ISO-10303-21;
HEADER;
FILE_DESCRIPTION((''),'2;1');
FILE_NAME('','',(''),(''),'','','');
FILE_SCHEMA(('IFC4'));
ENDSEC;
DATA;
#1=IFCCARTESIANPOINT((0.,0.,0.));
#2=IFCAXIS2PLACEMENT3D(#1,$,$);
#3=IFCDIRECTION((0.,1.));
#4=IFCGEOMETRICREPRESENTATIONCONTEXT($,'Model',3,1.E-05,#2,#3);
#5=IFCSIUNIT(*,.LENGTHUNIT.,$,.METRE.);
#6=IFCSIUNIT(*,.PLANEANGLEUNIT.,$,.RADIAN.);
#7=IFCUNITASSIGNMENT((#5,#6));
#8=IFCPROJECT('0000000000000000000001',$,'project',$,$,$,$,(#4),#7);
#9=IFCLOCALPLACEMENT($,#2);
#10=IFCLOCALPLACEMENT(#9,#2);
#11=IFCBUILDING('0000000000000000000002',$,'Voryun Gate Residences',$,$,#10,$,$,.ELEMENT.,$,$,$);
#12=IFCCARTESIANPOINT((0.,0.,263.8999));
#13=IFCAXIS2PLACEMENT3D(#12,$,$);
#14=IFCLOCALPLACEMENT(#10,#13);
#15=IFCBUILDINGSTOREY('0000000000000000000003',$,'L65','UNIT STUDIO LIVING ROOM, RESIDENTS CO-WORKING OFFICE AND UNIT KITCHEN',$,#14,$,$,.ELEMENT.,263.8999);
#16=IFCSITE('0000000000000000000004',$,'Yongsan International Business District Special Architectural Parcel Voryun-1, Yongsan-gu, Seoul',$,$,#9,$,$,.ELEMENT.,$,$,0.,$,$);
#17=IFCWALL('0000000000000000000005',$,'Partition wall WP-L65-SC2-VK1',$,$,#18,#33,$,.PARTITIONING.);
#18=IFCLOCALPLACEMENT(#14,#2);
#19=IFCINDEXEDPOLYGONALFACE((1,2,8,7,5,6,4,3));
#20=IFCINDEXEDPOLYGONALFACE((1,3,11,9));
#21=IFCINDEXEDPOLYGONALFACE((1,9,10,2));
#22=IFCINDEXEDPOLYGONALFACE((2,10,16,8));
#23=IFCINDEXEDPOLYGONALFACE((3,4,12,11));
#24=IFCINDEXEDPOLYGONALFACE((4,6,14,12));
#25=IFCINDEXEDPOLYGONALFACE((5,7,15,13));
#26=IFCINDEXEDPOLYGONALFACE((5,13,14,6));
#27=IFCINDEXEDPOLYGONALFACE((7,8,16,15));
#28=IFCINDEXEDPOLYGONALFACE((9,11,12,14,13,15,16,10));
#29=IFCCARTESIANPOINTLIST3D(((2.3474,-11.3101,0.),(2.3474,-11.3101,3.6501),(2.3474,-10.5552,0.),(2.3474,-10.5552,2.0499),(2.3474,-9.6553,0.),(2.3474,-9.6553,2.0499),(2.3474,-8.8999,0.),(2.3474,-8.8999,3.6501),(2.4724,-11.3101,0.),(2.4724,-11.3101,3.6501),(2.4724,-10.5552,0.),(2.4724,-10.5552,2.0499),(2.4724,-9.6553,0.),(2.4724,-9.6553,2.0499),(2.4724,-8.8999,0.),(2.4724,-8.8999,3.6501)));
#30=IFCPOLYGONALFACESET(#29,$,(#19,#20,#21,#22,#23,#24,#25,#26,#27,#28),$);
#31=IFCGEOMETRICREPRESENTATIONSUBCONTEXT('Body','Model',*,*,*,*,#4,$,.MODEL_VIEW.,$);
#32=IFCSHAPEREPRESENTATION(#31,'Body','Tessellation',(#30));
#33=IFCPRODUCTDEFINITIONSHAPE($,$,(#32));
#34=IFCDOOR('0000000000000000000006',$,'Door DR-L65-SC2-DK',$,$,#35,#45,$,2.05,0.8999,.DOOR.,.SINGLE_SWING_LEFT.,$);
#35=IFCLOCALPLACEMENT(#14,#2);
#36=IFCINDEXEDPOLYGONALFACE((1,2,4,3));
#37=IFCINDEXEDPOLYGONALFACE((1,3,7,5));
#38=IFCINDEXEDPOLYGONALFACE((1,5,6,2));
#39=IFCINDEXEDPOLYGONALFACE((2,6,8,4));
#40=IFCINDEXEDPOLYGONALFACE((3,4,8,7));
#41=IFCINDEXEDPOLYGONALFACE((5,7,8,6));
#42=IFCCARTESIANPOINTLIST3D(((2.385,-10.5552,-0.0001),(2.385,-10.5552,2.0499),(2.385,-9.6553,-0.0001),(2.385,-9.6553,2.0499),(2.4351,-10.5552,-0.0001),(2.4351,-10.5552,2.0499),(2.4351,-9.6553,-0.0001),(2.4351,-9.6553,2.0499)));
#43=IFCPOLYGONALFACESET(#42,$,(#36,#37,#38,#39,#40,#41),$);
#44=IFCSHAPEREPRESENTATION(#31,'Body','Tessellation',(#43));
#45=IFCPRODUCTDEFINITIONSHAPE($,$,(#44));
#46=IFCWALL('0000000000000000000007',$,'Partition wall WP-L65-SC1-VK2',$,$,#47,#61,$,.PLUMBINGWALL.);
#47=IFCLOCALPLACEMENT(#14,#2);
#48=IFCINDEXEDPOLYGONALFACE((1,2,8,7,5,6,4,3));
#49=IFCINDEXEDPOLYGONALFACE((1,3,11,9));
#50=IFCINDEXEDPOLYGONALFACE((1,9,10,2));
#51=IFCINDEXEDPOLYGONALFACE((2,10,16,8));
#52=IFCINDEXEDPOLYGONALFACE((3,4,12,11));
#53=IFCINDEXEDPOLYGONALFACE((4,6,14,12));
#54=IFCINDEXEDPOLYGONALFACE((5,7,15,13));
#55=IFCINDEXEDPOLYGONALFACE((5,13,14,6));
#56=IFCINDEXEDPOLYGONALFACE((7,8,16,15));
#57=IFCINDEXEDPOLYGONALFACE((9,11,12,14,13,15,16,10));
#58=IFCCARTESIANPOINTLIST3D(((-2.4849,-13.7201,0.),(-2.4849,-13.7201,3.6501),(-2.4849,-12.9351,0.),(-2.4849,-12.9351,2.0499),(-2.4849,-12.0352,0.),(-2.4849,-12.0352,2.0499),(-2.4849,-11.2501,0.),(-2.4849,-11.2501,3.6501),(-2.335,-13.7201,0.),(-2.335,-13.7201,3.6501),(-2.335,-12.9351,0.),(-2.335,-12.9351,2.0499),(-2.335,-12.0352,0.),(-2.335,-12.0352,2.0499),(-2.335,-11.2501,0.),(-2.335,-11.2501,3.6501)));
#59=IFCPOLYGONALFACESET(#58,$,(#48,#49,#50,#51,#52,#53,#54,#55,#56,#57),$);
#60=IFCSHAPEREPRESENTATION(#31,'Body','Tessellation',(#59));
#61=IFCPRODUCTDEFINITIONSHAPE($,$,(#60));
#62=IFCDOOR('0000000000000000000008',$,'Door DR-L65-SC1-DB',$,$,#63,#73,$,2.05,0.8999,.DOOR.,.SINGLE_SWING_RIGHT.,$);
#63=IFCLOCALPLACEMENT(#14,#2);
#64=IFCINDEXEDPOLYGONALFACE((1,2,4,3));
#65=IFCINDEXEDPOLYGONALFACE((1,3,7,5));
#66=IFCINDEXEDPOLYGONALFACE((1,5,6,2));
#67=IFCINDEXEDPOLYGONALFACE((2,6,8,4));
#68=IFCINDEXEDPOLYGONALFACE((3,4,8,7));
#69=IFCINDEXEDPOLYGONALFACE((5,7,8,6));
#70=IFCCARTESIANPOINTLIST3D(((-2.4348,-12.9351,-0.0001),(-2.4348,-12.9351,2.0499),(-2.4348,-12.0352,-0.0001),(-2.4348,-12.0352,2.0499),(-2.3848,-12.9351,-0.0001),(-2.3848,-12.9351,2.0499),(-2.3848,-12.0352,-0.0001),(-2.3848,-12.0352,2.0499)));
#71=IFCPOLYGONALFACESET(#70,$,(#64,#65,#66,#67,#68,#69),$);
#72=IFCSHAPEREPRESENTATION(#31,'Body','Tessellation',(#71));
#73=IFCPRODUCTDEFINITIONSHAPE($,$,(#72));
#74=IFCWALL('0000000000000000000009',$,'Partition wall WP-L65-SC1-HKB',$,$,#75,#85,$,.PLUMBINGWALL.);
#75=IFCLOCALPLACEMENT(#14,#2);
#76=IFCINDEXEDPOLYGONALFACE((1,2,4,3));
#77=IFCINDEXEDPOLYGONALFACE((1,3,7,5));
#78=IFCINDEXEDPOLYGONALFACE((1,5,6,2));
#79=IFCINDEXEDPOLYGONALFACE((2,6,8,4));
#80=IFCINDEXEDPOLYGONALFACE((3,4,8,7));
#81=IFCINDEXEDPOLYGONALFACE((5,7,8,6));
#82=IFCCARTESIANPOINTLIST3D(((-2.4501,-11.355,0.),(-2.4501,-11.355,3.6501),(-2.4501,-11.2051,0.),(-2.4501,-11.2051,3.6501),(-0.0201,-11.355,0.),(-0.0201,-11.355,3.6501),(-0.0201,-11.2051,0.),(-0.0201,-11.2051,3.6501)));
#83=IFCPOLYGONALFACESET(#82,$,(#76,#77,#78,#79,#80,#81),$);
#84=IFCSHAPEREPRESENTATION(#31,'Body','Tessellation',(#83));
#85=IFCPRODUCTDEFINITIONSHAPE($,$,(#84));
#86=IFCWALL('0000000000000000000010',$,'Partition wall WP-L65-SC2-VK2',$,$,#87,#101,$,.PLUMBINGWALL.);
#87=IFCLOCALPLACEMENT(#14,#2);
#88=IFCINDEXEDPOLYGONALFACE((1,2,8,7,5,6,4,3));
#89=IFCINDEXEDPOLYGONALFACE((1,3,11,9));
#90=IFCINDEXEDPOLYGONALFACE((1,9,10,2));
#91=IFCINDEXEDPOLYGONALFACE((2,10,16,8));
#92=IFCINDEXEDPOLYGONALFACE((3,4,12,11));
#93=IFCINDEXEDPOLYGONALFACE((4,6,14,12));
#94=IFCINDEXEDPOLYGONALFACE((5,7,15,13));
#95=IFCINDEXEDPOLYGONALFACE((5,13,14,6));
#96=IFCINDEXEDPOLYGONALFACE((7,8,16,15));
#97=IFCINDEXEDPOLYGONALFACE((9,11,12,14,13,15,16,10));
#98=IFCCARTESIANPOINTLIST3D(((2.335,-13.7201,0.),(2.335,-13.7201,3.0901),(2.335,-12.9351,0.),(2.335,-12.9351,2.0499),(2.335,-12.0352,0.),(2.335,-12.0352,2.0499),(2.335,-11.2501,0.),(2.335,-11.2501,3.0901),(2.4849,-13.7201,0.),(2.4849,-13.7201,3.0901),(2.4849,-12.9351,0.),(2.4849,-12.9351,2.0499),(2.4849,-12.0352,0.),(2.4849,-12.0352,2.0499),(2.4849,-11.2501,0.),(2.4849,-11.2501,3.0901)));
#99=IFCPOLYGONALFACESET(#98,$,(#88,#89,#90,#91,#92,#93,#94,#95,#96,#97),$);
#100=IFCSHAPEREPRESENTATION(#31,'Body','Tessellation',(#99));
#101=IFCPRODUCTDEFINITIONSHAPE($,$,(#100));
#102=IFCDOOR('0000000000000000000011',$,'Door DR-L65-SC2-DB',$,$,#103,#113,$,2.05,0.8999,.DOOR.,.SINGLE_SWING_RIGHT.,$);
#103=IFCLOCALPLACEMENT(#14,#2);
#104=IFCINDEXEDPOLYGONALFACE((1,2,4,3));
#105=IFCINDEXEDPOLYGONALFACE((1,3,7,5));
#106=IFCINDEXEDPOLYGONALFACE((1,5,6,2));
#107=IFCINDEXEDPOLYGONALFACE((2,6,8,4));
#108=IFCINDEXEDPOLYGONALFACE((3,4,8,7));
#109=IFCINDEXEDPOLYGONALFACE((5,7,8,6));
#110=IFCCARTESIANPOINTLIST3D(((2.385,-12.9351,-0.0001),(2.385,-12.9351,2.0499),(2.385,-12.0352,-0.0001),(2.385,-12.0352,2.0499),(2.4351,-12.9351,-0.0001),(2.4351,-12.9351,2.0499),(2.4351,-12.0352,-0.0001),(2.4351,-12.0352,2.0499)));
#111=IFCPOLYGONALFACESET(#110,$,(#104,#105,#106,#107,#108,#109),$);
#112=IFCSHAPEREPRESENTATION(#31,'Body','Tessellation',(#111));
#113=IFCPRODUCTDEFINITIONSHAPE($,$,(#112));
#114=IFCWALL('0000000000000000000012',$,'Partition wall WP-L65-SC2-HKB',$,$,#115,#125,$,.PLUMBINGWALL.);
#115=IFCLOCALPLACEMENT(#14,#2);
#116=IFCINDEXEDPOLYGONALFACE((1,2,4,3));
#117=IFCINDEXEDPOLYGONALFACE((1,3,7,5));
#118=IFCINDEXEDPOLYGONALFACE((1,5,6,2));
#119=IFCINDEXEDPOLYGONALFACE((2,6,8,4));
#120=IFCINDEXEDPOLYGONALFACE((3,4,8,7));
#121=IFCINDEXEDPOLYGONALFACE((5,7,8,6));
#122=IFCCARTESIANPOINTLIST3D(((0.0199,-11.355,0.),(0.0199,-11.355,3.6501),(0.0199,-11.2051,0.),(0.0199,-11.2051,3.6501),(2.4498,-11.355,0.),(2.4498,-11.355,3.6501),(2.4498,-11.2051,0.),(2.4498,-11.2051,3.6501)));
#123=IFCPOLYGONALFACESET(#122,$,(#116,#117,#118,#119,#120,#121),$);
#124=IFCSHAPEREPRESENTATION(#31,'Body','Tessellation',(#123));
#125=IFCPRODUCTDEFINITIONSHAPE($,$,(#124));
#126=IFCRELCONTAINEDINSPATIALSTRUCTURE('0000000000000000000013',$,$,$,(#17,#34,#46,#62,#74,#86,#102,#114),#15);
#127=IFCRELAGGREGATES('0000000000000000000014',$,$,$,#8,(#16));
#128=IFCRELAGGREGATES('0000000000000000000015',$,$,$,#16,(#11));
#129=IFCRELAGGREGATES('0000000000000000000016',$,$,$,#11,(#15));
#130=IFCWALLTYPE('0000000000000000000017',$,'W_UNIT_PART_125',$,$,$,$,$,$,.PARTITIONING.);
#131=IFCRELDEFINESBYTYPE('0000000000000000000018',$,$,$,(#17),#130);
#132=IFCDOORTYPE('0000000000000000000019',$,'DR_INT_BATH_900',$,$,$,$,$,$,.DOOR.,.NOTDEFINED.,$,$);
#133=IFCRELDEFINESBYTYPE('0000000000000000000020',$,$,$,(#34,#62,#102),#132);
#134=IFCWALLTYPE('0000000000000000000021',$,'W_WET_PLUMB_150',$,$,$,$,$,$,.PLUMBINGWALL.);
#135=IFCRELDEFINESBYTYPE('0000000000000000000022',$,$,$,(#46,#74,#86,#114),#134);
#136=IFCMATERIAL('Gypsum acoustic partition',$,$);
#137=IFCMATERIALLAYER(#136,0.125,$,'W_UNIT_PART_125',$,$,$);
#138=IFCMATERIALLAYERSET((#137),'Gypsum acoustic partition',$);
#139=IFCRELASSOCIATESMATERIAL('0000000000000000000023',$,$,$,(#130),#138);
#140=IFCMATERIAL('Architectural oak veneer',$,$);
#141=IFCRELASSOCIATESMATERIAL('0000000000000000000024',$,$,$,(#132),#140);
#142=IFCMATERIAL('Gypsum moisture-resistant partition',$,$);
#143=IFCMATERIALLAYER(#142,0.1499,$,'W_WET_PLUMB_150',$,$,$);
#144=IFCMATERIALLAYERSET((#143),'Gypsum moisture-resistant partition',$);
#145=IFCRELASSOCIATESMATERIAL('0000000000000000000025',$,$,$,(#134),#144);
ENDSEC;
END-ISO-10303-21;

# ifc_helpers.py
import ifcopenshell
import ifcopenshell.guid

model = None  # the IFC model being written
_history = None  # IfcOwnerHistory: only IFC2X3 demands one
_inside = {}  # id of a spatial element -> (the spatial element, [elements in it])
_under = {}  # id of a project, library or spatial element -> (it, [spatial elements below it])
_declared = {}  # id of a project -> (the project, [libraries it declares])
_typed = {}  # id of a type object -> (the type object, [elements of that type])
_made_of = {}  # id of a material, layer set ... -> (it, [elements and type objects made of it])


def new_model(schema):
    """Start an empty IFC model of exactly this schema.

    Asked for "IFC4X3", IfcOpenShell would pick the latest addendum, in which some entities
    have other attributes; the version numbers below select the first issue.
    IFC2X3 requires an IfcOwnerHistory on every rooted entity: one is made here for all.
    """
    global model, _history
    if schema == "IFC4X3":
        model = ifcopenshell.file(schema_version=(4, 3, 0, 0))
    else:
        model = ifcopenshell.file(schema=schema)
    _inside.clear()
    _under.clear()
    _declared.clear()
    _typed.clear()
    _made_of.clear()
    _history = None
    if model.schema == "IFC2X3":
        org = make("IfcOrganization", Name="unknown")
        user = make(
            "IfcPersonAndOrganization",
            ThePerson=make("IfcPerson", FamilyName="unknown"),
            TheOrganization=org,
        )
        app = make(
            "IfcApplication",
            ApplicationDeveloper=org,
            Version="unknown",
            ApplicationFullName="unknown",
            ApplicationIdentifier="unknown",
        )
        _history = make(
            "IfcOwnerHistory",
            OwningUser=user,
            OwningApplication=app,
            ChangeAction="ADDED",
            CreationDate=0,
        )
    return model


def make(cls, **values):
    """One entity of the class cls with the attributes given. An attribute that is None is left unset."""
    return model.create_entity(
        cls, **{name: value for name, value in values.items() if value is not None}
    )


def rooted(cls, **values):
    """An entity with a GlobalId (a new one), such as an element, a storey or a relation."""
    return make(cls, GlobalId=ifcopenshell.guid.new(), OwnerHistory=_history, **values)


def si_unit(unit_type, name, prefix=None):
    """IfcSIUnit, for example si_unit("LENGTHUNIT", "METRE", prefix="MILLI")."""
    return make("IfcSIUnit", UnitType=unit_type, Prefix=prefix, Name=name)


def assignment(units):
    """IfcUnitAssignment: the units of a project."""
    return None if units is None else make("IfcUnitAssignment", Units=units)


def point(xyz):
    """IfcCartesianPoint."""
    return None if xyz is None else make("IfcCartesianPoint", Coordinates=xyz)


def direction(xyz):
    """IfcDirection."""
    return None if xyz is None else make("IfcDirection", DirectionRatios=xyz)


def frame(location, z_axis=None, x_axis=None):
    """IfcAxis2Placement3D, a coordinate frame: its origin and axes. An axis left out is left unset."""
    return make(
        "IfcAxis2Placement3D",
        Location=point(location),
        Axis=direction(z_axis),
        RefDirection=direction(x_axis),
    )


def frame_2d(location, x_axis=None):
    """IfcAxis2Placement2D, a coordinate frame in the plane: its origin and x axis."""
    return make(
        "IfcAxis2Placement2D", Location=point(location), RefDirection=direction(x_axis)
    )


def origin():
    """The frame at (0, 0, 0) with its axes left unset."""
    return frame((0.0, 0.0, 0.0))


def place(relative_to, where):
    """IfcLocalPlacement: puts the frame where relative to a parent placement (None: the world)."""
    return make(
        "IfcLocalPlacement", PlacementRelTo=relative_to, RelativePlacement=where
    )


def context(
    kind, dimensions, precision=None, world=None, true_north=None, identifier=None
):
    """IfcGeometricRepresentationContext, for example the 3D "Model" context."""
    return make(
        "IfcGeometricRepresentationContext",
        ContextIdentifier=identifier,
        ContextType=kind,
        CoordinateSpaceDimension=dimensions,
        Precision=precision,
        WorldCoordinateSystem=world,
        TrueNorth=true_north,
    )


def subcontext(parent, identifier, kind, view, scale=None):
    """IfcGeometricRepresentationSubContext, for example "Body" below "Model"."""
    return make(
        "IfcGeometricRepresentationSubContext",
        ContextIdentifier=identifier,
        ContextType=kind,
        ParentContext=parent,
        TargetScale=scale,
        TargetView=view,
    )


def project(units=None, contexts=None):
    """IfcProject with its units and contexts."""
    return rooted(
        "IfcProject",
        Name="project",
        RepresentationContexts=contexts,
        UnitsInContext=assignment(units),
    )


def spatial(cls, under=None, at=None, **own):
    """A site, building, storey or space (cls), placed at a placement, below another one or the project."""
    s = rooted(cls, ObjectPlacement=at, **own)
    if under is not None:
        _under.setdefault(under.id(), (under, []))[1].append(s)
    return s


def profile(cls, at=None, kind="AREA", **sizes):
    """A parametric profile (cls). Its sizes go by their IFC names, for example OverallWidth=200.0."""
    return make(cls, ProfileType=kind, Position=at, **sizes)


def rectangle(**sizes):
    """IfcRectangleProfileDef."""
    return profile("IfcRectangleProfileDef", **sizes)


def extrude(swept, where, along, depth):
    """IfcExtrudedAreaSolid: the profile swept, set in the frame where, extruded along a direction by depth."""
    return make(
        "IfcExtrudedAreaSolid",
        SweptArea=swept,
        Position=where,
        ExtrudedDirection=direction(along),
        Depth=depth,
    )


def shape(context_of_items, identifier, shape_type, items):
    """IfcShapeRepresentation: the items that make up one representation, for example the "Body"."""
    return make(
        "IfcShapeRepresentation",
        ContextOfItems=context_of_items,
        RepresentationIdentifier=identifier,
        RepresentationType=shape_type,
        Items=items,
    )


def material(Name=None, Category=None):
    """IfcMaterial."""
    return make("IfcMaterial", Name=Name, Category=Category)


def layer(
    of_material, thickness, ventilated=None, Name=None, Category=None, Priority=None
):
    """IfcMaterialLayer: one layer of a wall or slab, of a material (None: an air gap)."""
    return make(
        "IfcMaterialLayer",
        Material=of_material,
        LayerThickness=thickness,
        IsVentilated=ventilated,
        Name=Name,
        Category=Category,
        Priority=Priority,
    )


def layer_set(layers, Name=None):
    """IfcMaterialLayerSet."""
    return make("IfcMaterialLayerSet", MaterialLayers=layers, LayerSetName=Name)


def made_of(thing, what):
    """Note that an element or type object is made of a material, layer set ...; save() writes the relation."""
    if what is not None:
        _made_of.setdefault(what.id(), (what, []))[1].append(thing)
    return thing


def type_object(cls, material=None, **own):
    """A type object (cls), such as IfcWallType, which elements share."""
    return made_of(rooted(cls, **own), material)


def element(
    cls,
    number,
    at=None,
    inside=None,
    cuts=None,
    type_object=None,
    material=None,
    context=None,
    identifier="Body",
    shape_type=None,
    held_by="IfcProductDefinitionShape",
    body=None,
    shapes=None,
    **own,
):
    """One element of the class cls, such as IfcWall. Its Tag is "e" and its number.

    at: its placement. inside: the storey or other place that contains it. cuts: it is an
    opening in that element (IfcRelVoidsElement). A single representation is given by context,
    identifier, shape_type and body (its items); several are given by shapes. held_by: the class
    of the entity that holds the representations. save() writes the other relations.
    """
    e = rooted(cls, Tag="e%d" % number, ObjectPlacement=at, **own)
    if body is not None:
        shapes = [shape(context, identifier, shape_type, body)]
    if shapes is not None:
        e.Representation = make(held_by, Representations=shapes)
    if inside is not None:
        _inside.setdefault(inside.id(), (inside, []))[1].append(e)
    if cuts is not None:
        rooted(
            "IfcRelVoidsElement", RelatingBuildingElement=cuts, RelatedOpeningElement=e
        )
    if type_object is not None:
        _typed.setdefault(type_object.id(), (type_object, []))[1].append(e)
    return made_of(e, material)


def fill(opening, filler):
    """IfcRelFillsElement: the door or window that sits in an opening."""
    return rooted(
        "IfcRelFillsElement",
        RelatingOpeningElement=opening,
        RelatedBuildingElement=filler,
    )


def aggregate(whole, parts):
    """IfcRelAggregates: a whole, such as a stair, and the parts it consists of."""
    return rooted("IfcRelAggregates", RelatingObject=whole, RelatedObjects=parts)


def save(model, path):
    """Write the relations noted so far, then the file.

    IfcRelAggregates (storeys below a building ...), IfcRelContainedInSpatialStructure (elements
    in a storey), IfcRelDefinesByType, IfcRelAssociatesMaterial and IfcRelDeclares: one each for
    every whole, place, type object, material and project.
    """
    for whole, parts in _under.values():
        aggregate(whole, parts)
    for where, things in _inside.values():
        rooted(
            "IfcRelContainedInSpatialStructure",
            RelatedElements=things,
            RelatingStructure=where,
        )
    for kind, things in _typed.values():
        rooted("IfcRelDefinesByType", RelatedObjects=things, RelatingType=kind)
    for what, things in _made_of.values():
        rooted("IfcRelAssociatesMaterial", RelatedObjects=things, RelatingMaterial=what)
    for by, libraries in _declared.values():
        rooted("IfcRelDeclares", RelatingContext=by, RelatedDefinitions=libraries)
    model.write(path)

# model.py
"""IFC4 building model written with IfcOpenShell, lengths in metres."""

from ifc_helpers import new_model, si_unit, direction, frame, frame_2d, origin, place, context, subcontext, project, spatial, rectangle, extrude, material, layer, layer_set, type_object, element, fill, save


model = new_model("IFC4")

# Units and contexts
model_context = context("Model", 3, precision=1e-05, world=origin(), true_north=direction((0.0, 1.0)))
body_context = subcontext(model_context, "Body", "Model", "MODEL_VIEW")
ifc_project = project(units=[si_unit("LENGTHUNIT", "METRE"), si_unit("PLANEANGLEUNIT", "RADIAN")], contexts=[model_context])

# Site, building, storey
site_placement = place(None, origin())
site = spatial("IfcSite", under=ifc_project, at=site_placement, Name="Yongsan International Business District Special Architectural Parcel Voryun-1, Yongsan-gu, Seoul", CompositionType="ELEMENT", RefElevation=0.0)
building_placement = place(site_placement, origin())
building = spatial("IfcBuilding", under=site, at=building_placement, Name="Voryun Gate Residences", CompositionType="ELEMENT")
storey_placement = place(building_placement, frame((0.0, 0.0, 263.8999)))
storey = spatial("IfcBuildingStorey", under=building, at=storey_placement, Name="L65", Description="UNIT STUDIO LIVING ROOM, RESIDENTS CO-WORKING OFFICE AND UNIT KITCHEN", CompositionType="ELEMENT", Elevation=263.8999)

# Shared definitions
ifc_material_1 = material(Name="Gypsum acoustic partition")
ifc_layer_1 = layer(ifc_material_1, 0.125, Name="W_UNIT_PART_125")
ifc_layer_set_1 = layer_set([ifc_layer_1], Name="Gypsum acoustic partition")
wall_type_1 = type_object("IfcWallType", Name="W_UNIT_PART_125", PredefinedType="PARTITIONING", material=ifc_layer_set_1)
ifc_material_2 = material(Name="Architectural oak veneer")
door_type = type_object("IfcDoorType", Name="DR_INT_BATH_900", OperationType="NOTDEFINED", PredefinedType="DOOR", material=ifc_material_2)

# Walls, openings, doors
wall_1_placement = place(storey_placement, frame((2.4099, -11.3101, 0.0), z_axis=(0.0, 0.0, 1.0), x_axis=(0.0, 1.0, 0.0)))
wall_1 = element("IfcWall", 1, at=wall_1_placement, inside=storey, type_object=wall_type_1, Name="Partition wall WP-L65-SC2-VK1", PredefinedType="PARTITIONING", context=body_context, shape_type="SweptSolid", body=[
    extrude(rectangle(XDim=2.4102, YDim=0.125, at=frame_2d((1.2051, 0.0))), origin(), (0.0, 0.0, 1.0), 3.6501),
])
opening_1_placement = place(wall_1_placement, frame((0.7549, 0.0, 0.0)))
opening_1 = element("IfcOpeningElement", 2, at=opening_1_placement, cuts=wall_1, PredefinedType="OPENING", context=body_context, shape_type="SweptSolid", body=[
    extrude(rectangle(XDim=0.8999, YDim=2.05, at=frame_2d((0.45, 1.0249))), frame((0.0, 0.0725, 0.0), z_axis=(0.0, -1.0, 0.0), x_axis=(1.0, 0.0, 0.0)), (0.0, 0.0, 1.0), 0.145),
])
door_1_placement = place(opening_1_placement, origin())
door_1 = element("IfcDoor", 3, at=door_1_placement, inside=storey, type_object=door_type, Name="Door DR-L65-SC2-DK", OperationType="SINGLE_SWING_LEFT", OverallHeight=2.05, OverallWidth=0.8999, PredefinedType="DOOR", context=body_context, shape_type="SweptSolid", body=[
    extrude(rectangle(XDim=0.8999, YDim=2.05, at=frame_2d((0.45, 1.0249))), frame((0.0, 0.0249, 0.0), z_axis=(0.0, -1.0, 0.0), x_axis=(1.0, 0.0, 0.0)), (0.0, 0.0, 1.0), 0.05),
])
fill(opening_1, door_1)
ifc_material_3 = material(Name="Gypsum moisture-resistant partition")
ifc_layer_2 = layer(ifc_material_3, 0.1499, Name="W_WET_PLUMB_150")
ifc_layer_set_2 = layer_set([ifc_layer_2], Name="Gypsum moisture-resistant partition")
wall_type_2 = type_object("IfcWallType", Name="W_WET_PLUMB_150", PredefinedType="PLUMBINGWALL", material=ifc_layer_set_2)
wall_2_placement = place(storey_placement, frame((-2.4099, -13.72, 0.0), z_axis=(0.0, 0.0, 1.0), x_axis=(0.0, 1.0, 0.0)))
wall_2 = element("IfcWall", 4, at=wall_2_placement, inside=storey, type_object=wall_type_2, Name="Partition wall WP-L65-SC1-VK2", PredefinedType="PLUMBINGWALL", context=body_context, shape_type="SweptSolid", body=[
    extrude(rectangle(XDim=2.47, YDim=0.1499, at=frame_2d((1.2349, 0.0))), origin(), (0.0, 0.0, 1.0), 3.6501),
])
opening_2_placement = place(wall_2_placement, frame((0.7849, 0.0, 0.0)))
opening_2 = element("IfcOpeningElement", 5, at=opening_2_placement, cuts=wall_2, PredefinedType="OPENING", context=body_context, shape_type="SweptSolid", body=[
    extrude(rectangle(XDim=0.8999, YDim=2.05, at=frame_2d((0.45, 1.0249))), frame((0.0, 0.085, 0.0), z_axis=(0.0, -1.0, 0.0), x_axis=(1.0, 0.0, 0.0)), (0.0, 0.0, 1.0), 0.1699),
])
door_2_placement = place(opening_2_placement, origin())
door_2 = element("IfcDoor", 6, at=door_2_placement, inside=storey, type_object=door_type, Name="Door DR-L65-SC1-DB", OperationType="SINGLE_SWING_RIGHT", OverallHeight=2.05, OverallWidth=0.8999, PredefinedType="DOOR", context=body_context, shape_type="SweptSolid", body=[
    extrude(rectangle(XDim=0.8999, YDim=2.05, at=frame_2d((0.45, 1.0249))), frame((0.0, 0.0249, 0.0), z_axis=(0.0, -1.0, 0.0), x_axis=(1.0, 0.0, 0.0)), (0.0, 0.0, 1.0), 0.05),
])
fill(opening_2, door_2)

# Wall
wall_3_placement = place(storey_placement, frame((-2.45, -11.28, 0.0), z_axis=(0.0, 0.0, 1.0), x_axis=(1.0, 0.0, 0.0)))
element("IfcWall", 7, at=wall_3_placement, inside=storey, type_object=wall_type_2, Name="Partition wall WP-L65-SC1-HKB", PredefinedType="PLUMBINGWALL", context=body_context, shape_type="SweptSolid", body=[
    extrude(rectangle(XDim=2.4299, YDim=0.1499, at=frame_2d((1.2148, 0.0))), origin(), (0.0, 0.0, 1.0), 3.6501),
])

# Wall, opening, door
wall_4_placement = place(storey_placement, frame((2.4099, -13.72, 0.0), z_axis=(0.0, 0.0, 1.0), x_axis=(0.0, 1.0, 0.0)))
wall_4 = element("IfcWall", 8, at=wall_4_placement, inside=storey, type_object=wall_type_2, Name="Partition wall WP-L65-SC2-VK2", PredefinedType="PLUMBINGWALL", context=body_context, shape_type="SweptSolid", body=[
    extrude(rectangle(XDim=2.47, YDim=0.1499, at=frame_2d((1.2349, 0.0))), origin(), (0.0, 0.0, 1.0), 3.0901),
])
opening_3_placement = place(wall_4_placement, frame((0.7849, 0.0, 0.0)))
opening_3 = element("IfcOpeningElement", 9, at=opening_3_placement, cuts=wall_4, PredefinedType="OPENING", context=body_context, shape_type="SweptSolid", body=[
    extrude(rectangle(XDim=0.8999, YDim=2.05, at=frame_2d((0.45, 1.0249))), frame((0.0, 0.085, 0.0), z_axis=(0.0, -1.0, 0.0), x_axis=(1.0, 0.0, 0.0)), (0.0, 0.0, 1.0), 0.1699),
])
door_3_placement = place(opening_3_placement, origin())
door_3 = element("IfcDoor", 10, at=door_3_placement, inside=storey, type_object=door_type, Name="Door DR-L65-SC2-DB", OperationType="SINGLE_SWING_RIGHT", OverallHeight=2.05, OverallWidth=0.8999, PredefinedType="DOOR", context=body_context, shape_type="SweptSolid", body=[
    extrude(rectangle(XDim=0.8999, YDim=2.05, at=frame_2d((0.45, 1.0249))), frame((0.0, 0.0249, 0.0), z_axis=(0.0, -1.0, 0.0), x_axis=(1.0, 0.0, 0.0)), (0.0, 0.0, 1.0), 0.05),
])
fill(opening_3, door_3)

# Wall
wall_5_placement = place(storey_placement, frame((0.02, -11.28, 0.0), z_axis=(0.0, 0.0, 1.0), x_axis=(1.0, 0.0, 0.0)))
element("IfcWall", 11, at=wall_5_placement, inside=storey, type_object=wall_type_2, Name="Partition wall WP-L65-SC2-HKB", PredefinedType="PLUMBINGWALL", context=body_context, shape_type="SweptSolid", body=[
    extrude(rectangle(XDim=2.4299, YDim=0.1499, at=frame_2d((1.2148, 0.0))), origin(), (0.0, 0.0, 1.0), 3.6501),
])

save(model, "model.ifc")
